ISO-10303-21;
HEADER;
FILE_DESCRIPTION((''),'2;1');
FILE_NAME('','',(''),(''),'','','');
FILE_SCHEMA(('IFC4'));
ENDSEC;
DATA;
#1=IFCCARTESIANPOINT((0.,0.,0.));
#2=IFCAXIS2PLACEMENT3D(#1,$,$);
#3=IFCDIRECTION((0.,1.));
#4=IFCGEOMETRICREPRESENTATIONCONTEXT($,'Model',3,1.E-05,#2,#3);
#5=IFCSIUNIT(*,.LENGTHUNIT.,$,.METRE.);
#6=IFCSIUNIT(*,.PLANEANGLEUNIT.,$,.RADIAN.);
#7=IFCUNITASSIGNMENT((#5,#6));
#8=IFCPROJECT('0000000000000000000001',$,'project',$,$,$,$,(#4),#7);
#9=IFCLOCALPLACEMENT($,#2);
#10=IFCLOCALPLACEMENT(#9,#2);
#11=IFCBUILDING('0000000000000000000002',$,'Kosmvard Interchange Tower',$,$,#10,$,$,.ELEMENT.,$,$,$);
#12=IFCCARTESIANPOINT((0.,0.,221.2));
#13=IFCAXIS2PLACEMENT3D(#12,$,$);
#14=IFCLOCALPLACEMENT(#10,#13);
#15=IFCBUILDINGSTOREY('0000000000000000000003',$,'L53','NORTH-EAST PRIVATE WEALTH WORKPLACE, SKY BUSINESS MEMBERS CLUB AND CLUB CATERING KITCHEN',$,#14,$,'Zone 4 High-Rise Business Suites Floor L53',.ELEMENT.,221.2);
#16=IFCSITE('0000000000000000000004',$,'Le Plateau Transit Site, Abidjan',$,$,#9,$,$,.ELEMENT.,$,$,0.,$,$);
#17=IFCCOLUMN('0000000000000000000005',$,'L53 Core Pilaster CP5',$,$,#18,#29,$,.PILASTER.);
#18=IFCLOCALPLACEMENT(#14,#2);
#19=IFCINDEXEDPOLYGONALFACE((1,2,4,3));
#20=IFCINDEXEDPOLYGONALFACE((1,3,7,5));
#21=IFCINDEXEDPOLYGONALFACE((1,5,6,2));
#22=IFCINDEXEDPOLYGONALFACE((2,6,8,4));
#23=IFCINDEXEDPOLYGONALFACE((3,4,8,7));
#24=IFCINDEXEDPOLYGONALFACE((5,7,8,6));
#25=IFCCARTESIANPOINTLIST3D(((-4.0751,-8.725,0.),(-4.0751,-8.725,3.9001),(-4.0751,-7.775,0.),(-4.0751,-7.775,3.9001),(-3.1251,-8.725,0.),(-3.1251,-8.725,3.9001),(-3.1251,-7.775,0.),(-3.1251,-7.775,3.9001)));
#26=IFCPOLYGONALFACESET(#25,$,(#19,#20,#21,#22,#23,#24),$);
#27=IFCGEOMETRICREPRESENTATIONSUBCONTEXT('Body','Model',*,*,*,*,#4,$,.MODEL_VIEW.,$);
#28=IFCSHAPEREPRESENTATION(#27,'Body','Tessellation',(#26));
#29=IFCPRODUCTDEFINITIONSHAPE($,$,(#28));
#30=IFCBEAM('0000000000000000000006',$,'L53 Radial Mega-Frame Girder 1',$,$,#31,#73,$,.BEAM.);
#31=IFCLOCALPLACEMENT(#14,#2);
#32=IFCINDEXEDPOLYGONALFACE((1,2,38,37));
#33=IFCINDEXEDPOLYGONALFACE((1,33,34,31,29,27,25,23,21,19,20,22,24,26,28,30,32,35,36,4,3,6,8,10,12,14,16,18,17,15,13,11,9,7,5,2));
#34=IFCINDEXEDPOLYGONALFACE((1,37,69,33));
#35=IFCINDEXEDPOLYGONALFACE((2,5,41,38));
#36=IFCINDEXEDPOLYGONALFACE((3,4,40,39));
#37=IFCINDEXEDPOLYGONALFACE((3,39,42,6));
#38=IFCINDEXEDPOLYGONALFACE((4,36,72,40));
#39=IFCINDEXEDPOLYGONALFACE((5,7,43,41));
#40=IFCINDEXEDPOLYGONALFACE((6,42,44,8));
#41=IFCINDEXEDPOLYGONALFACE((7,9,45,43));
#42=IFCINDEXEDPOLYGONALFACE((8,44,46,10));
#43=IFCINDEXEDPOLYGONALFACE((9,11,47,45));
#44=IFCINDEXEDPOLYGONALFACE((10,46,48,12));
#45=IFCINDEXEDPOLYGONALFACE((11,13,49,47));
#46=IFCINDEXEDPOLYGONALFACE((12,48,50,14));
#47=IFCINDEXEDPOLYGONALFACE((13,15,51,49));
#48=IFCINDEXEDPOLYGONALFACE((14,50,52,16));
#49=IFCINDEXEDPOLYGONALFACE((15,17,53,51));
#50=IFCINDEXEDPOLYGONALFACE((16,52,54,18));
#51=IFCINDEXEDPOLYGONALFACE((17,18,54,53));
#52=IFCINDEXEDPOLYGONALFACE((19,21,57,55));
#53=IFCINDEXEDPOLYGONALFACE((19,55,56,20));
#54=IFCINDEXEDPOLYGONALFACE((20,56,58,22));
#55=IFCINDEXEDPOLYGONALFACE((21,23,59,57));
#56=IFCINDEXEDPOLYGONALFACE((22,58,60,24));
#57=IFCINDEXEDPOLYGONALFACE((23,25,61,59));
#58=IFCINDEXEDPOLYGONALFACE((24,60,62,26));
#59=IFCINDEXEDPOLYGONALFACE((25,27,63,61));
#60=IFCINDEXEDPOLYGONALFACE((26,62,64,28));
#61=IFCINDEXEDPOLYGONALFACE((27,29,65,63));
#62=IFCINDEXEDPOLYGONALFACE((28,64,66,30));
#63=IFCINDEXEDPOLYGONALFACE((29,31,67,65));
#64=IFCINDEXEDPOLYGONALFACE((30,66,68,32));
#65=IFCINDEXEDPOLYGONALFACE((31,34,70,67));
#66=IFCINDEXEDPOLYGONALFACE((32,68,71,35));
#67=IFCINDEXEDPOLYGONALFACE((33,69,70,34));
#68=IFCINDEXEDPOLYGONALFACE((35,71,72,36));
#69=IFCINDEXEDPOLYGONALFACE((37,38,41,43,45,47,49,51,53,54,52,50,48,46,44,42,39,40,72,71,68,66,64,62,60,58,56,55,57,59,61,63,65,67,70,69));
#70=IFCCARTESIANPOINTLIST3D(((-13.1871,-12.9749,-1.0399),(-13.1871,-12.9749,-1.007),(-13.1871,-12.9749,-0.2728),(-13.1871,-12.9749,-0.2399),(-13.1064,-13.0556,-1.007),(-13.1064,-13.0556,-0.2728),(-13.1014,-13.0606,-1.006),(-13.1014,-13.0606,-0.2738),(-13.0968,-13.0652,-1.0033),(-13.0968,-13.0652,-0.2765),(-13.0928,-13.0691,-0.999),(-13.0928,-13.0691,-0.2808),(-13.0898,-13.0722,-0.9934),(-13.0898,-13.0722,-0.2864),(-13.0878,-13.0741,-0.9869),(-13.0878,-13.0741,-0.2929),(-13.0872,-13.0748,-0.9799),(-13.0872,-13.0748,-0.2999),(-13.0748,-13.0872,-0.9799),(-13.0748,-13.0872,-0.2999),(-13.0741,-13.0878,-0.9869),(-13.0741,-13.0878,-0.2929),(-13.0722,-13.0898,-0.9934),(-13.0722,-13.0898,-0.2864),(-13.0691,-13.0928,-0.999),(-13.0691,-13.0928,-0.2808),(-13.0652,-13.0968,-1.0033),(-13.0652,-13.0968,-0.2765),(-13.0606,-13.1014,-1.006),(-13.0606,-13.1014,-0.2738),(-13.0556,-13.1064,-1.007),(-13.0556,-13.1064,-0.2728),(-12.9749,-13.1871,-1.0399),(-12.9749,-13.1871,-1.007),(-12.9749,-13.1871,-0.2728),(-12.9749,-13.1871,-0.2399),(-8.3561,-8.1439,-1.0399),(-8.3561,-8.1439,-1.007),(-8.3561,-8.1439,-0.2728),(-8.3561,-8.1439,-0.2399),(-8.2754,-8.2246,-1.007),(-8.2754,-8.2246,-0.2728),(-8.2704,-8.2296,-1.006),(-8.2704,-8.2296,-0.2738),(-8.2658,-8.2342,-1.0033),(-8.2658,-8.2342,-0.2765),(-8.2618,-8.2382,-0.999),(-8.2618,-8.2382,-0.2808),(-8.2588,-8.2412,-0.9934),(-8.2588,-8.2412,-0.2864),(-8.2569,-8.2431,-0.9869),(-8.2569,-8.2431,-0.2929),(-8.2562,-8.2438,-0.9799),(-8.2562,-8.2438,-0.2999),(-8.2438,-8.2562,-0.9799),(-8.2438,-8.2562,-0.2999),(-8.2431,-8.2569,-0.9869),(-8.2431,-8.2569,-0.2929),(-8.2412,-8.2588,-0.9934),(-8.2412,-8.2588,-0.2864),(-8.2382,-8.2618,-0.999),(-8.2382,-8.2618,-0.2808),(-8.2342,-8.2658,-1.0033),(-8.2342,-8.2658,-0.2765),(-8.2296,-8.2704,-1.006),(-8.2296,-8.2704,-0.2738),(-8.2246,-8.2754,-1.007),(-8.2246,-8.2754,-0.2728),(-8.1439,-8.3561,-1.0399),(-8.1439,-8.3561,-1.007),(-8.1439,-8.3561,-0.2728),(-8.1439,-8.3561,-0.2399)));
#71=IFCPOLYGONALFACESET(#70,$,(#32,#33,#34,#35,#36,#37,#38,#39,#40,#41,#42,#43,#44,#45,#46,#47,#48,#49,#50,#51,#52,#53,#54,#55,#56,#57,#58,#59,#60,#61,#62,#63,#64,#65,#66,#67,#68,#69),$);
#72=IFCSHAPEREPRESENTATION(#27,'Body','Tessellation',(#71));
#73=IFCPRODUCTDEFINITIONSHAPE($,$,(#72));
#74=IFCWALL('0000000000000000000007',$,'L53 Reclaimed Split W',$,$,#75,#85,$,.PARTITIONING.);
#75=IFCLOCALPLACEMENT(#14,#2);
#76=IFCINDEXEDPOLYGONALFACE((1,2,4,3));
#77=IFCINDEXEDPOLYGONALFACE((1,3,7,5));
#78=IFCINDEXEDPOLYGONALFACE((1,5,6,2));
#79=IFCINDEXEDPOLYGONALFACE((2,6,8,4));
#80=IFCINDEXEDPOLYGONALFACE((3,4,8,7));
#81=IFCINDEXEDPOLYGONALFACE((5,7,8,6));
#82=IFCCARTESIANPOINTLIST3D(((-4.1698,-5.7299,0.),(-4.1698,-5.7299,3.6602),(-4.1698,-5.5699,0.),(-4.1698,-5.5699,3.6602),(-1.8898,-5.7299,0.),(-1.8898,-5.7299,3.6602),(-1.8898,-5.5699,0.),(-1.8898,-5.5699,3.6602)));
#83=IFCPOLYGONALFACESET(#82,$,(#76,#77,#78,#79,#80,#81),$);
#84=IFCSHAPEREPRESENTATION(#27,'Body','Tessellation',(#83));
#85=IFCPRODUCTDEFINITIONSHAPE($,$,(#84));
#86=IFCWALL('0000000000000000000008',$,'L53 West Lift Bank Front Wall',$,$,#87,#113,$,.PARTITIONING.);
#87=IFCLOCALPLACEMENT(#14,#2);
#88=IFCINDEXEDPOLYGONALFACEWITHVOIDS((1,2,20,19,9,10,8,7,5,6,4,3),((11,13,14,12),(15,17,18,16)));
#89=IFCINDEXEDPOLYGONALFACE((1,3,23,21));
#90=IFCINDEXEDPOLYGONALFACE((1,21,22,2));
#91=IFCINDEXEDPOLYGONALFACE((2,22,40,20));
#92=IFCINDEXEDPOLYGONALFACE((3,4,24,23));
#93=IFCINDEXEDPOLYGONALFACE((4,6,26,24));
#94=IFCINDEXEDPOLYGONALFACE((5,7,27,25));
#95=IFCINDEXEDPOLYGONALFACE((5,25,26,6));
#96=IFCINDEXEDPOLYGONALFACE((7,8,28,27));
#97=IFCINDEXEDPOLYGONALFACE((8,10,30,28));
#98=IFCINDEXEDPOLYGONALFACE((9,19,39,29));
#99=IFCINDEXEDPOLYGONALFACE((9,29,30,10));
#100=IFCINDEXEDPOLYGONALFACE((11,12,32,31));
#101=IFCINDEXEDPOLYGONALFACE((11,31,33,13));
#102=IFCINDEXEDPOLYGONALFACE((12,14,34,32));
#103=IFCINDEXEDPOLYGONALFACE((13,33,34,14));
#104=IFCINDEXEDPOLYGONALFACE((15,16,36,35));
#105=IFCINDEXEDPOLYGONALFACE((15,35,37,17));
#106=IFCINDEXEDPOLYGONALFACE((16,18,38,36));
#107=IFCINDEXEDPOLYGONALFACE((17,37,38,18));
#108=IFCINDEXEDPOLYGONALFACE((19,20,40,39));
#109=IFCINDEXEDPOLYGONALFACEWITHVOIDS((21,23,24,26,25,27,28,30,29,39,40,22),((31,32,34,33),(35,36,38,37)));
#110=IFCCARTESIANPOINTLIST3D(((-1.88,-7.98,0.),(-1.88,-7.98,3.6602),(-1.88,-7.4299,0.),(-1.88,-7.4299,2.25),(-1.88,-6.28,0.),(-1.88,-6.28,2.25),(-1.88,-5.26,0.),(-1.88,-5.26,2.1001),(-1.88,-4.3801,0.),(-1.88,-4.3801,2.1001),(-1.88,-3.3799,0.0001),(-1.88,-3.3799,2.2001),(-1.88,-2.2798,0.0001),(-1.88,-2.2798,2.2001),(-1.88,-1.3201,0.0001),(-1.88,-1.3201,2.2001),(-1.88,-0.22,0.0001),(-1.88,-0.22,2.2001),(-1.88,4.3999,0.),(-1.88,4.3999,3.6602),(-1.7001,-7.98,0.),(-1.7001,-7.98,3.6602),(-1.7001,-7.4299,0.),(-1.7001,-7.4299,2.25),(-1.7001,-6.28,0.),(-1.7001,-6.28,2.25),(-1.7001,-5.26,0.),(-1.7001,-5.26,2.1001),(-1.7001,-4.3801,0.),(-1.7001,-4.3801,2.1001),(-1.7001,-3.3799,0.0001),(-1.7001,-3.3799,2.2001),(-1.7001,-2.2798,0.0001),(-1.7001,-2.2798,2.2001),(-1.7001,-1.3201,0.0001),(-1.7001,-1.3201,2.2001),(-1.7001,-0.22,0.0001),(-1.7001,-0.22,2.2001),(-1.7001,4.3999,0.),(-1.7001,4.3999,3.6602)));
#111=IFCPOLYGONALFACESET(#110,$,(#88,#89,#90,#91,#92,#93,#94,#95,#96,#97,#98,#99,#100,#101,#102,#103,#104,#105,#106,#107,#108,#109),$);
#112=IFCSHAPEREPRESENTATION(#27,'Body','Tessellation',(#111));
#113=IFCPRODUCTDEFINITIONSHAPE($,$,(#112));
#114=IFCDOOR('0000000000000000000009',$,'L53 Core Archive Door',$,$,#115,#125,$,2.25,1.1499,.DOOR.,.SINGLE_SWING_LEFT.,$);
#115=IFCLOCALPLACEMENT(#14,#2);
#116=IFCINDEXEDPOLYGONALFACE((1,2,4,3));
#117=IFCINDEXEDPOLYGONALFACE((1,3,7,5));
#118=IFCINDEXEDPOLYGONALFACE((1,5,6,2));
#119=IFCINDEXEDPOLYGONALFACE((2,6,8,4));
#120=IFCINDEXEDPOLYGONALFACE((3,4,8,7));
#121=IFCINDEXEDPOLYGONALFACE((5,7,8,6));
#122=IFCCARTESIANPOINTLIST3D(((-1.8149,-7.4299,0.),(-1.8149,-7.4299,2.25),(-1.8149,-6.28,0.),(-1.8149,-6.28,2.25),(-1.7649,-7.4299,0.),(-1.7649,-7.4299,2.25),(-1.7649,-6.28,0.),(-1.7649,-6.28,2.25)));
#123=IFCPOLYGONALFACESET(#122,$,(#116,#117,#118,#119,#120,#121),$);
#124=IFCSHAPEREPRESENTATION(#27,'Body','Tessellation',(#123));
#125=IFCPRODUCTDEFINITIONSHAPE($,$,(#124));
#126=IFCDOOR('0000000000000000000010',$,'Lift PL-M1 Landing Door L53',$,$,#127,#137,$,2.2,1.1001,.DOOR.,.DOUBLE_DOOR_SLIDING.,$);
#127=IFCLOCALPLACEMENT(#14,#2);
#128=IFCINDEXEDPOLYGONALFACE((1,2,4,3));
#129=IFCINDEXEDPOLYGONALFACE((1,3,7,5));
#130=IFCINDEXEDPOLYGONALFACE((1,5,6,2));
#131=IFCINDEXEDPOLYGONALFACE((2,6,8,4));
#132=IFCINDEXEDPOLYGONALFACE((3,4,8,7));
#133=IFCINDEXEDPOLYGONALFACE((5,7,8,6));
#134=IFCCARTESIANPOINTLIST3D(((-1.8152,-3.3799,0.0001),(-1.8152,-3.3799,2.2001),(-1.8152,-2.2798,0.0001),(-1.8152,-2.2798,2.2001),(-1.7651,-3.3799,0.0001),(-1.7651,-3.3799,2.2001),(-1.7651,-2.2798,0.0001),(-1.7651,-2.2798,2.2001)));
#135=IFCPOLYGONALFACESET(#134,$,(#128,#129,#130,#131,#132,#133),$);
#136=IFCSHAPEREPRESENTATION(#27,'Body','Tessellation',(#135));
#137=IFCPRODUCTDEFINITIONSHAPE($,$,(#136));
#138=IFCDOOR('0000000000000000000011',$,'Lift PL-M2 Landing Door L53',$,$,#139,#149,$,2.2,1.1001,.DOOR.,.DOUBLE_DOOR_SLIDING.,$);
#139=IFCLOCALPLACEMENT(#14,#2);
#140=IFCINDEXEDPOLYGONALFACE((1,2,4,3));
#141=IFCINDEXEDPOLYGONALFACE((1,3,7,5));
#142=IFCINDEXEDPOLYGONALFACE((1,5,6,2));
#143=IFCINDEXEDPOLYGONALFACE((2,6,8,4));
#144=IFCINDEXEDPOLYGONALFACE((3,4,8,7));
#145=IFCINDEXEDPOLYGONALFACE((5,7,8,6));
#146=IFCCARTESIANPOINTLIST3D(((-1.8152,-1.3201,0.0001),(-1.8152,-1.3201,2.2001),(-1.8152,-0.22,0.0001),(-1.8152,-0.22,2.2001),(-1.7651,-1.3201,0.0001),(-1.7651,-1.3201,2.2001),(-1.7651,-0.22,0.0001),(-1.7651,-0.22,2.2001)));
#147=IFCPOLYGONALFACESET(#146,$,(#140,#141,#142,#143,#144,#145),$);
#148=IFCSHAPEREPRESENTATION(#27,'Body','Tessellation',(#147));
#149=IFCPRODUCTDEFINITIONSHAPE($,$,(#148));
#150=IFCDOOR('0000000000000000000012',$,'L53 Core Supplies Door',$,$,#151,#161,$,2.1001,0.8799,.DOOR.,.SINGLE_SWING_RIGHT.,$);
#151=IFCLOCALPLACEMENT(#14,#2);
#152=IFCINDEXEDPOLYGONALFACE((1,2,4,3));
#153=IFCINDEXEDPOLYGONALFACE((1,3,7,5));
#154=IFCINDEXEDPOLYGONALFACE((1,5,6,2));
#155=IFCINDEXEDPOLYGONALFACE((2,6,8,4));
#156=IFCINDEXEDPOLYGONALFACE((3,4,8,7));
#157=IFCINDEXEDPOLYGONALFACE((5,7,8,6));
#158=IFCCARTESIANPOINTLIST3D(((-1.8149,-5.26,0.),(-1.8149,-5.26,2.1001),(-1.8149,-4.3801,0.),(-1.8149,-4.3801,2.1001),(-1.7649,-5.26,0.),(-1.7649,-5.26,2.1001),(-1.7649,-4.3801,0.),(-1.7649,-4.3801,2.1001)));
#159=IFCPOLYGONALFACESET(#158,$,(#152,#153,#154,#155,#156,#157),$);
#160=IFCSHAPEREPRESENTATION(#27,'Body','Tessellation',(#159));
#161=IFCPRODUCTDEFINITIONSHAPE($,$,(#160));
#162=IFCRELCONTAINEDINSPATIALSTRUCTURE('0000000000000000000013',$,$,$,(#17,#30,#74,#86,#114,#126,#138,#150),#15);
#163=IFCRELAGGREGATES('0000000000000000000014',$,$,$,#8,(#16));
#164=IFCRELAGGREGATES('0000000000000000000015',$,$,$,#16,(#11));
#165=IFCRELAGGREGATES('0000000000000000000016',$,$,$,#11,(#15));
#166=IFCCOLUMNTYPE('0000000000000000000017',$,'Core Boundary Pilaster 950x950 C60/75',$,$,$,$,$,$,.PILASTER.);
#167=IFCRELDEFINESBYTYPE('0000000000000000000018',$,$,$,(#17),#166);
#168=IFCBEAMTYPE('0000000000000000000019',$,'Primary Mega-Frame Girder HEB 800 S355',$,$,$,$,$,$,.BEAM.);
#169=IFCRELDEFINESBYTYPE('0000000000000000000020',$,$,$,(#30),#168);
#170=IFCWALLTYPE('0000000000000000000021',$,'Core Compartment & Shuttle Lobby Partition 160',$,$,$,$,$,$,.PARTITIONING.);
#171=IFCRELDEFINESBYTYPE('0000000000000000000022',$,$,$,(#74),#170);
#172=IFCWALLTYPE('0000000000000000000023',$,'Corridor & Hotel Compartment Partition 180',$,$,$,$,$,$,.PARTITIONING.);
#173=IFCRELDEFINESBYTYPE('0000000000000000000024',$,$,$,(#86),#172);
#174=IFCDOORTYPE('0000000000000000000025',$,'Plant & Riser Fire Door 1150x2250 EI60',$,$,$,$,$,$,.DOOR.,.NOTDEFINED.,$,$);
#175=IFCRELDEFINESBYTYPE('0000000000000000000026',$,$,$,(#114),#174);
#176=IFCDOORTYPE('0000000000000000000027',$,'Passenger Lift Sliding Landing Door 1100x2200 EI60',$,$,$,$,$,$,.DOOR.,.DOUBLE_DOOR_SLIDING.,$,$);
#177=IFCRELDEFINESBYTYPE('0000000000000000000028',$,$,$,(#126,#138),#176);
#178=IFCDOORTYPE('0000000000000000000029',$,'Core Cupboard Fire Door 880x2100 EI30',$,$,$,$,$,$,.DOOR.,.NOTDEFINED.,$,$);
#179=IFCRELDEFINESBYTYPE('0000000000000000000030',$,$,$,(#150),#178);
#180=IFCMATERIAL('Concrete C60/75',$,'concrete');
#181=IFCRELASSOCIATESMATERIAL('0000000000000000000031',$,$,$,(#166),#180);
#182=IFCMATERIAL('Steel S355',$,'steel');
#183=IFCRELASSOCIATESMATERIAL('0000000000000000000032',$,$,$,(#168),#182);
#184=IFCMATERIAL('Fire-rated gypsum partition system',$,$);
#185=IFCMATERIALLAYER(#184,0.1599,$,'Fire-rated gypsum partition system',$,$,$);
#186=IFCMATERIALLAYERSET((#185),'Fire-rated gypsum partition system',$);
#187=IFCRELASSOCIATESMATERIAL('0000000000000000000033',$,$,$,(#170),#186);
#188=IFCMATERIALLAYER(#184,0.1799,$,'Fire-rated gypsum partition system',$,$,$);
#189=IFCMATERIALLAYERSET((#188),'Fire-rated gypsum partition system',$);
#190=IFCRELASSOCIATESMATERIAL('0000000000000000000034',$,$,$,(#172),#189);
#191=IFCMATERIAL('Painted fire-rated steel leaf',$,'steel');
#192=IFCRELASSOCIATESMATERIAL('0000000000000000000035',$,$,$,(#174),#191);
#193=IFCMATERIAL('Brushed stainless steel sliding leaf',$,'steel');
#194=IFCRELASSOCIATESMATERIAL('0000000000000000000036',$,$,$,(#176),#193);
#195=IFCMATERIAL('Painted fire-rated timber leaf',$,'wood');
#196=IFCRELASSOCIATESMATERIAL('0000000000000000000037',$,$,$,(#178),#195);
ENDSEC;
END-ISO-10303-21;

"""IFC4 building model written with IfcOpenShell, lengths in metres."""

from ifc_helpers import new_model, si_unit, direction, frame, frame_2d, origin, origin_2d, place, context, subcontext, project, spatial, rectangle, i_section, extrude, source, transform, mapped, material, layer, layer_set, material_profile, profile_set, type_object, element, fill, save


model = new_model("IFC4")

# Units and contexts
model_context = context("Model", 3, precision=1e-05, world=origin(), true_north=direction((0.0, 1.0)))
body_context = subcontext(model_context, "Body", "Model", "MODEL_VIEW")
ifc_project = project(units=[si_unit("LENGTHUNIT", "METRE"), si_unit("PLANEANGLEUNIT", "RADIAN")], contexts=[model_context])

# Site, building, storey
site_placement = place(None, origin())
site = spatial("IfcSite", under=ifc_project, at=site_placement, Name="Le Plateau Transit Site, Abidjan", CompositionType="ELEMENT", RefElevation=0.0)
building_placement = place(site_placement, origin())
building = spatial("IfcBuilding", under=site, at=building_placement, Name="Kosmvard Interchange Tower", CompositionType="ELEMENT")
storey_placement = place(building_placement, frame((0.0, 0.0, 221.2)))
storey = spatial("IfcBuildingStorey", under=building, at=storey_placement, Name="L53", Description="NORTH-EAST PRIVATE WEALTH WORKPLACE, SKY BUSINESS MEMBERS CLUB AND CLUB CATERING KITCHEN", LongName="Zone 4 High-Rise Business Suites Floor L53", CompositionType="ELEMENT", Elevation=221.2)

# Column
ifc_material_1 = material(Name="Concrete C60/75", Category="concrete")
ifc_material_profile_1 = material_profile(ifc_material_1, rectangle(XDim=0.95, YDim=0.95, at=origin_2d()), Name="CP 950x950")
ifc_profile_set_1 = profile_set([ifc_material_profile_1], Name="Concrete C60/75")
column_type = type_object("IfcColumnType", Name="Core Boundary Pilaster 950x950 C60/75", PredefinedType="PILASTER", material=ifc_profile_set_1)
shared_shape_1 = source(origin(), body_context, "Body", "SweptSolid", [
    extrude(rectangle(XDim=0.95, YDim=0.95, at=origin_2d()), origin(), (0.0, 0.0, 1.0), 3.9001),
])
column_placement = place(storey_placement, frame((-3.6001, -8.25, 0.0), z_axis=(0.0, 0.0, 1.0), x_axis=(1.0, 0.0, 0.0)))
element("IfcColumn", 1, at=column_placement, inside=storey, type_object=column_type, Name="L53 Core Pilaster CP5", PredefinedType="PILASTER", context=body_context, shape_type="MappedRepresentation", body=[
    mapped(shared_shape_1, transform((0.0, 0.0, 0.0), scale=1.0)),
])

# Beam
ifc_material_2 = material(Name="Steel S355", Category="steel")
ifc_material_profile_2 = material_profile(ifc_material_2, i_section(OverallWidth=0.3, OverallDepth=0.8, WebThickness=0.0176, FlangeThickness=0.033, FilletRadius=0.0271, at=origin_2d()), Name="HEB 800")
ifc_profile_set_2 = profile_set([ifc_material_profile_2], Name="Steel S355")
beam_type = type_object("IfcBeamType", Name="Primary Mega-Frame Girder HEB 800 S355", PredefinedType="BEAM", material=ifc_profile_set_2)
shared_shape_2 = source(origin(), body_context, "Body", "SweptSolid", [
    extrude(i_section(OverallWidth=0.3, OverallDepth=0.8, WebThickness=0.0176, FlangeThickness=0.033, FilletRadius=0.0271, at=origin_2d()), origin(), (0.0, 0.0, 1.0), 6.832),
])
beam_placement = place(storey_placement, frame((-8.25, -8.25, -0.6399), z_axis=(-0.707107, -0.707107, 0.0), x_axis=(0.707107, -0.707107, 0.0)))
element("IfcBeam", 2, at=beam_placement, inside=storey, type_object=beam_type, Name="L53 Radial Mega-Frame Girder 1", PredefinedType="BEAM", context=body_context, shape_type="MappedRepresentation", body=[
    mapped(shared_shape_2, transform((0.0, 0.0, 0.0), scale=1.0)),
])

# Wall
ifc_material_3 = material(Name="Fire-rated gypsum partition system")
ifc_layer_1 = layer(ifc_material_3, 0.1599, Name="Fire-rated gypsum partition system")
ifc_layer_set_1 = layer_set([ifc_layer_1], Name="Fire-rated gypsum partition system")
wall_type_1 = type_object("IfcWallType", Name="Core Compartment & Shuttle Lobby Partition 160", PredefinedType="PARTITIONING", material=ifc_layer_set_1)
wall_1_placement = place(storey_placement, frame((-4.1699, -5.6499, 0.0), z_axis=(0.0, 0.0, 1.0), x_axis=(1.0, 0.0, 0.0)))
element("IfcWall", 3, at=wall_1_placement, inside=storey, type_object=wall_type_1, Name="L53 Reclaimed Split W", PredefinedType="PARTITIONING", context=body_context, shape_type="SweptSolid", body=[
    extrude(rectangle(XDim=2.28, YDim=0.1599, at=frame_2d((1.1401, 0.0))), origin(), (0.0, 0.0, 1.0), 3.6602),
])

# Wall, openings, doors
ifc_layer_2 = layer(ifc_material_3, 0.1799, Name="Fire-rated gypsum partition system")
ifc_layer_set_2 = layer_set([ifc_layer_2], Name="Fire-rated gypsum partition system")
wall_type_2 = type_object("IfcWallType", Name="Corridor & Hotel Compartment Partition 180", PredefinedType="PARTITIONING", material=ifc_layer_set_2)
wall_2_placement = place(storey_placement, frame((-1.79, -7.98, 0.0), z_axis=(0.0, 0.0, 1.0), x_axis=(0.0, 1.0, 0.0)))
wall_2 = element("IfcWall", 4, at=wall_2_placement, inside=storey, type_object=wall_type_2, Name="L53 West Lift Bank Front Wall", PredefinedType="PARTITIONING", context=body_context, shape_type="SweptSolid", body=[
    extrude(rectangle(XDim=12.3799, YDim=0.1799, at=frame_2d((6.1899, 0.0))), origin(), (0.0, 0.0, 1.0), 3.6602),
])
opening_1_placement = place(wall_2_placement, frame((4.6001, 0.0, 0.0)))
opening_1 = element("IfcOpeningElement", 5, at=opening_1_placement, cuts=wall_2, PredefinedType="OPENING", context=body_context, shape_type="SweptSolid", body=[
    extrude(rectangle(XDim=1.1001, YDim=2.2, at=frame_2d((0.55, 1.1001))), frame((0.0, 0.1001, 0.0), z_axis=(0.0, -1.0, 0.0), x_axis=(1.0, 0.0, 0.0)), (0.0, 0.0, 1.0), 0.2),
])
opening_2_placement = place(wall_2_placement, frame((6.6599, 0.0, 0.0)))
opening_2 = element("IfcOpeningElement", 6, at=opening_2_placement, cuts=wall_2, PredefinedType="OPENING", context=body_context, shape_type="SweptSolid", body=[
    extrude(rectangle(XDim=1.1001, YDim=2.2, at=frame_2d((0.55, 1.1001))), frame((0.0, 0.1001, 0.0), z_axis=(0.0, -1.0, 0.0), x_axis=(1.0, 0.0, 0.0)), (0.0, 0.0, 1.0), 0.2),
])
opening_3_placement = place(wall_2_placement, frame((0.55, 0.0, 0.0)))
opening_3 = element("IfcOpeningElement", 7, at=opening_3_placement, cuts=wall_2, PredefinedType="OPENING", context=body_context, shape_type="SweptSolid", body=[
    extrude(rectangle(XDim=1.1499, YDim=2.25, at=frame_2d((0.575, 1.125))), frame((0.0, 0.1001, 0.0), z_axis=(0.0, -1.0, 0.0), x_axis=(1.0, 0.0, 0.0)), (0.0, 0.0, 1.0), 0.2),
])
opening_4_placement = place(wall_2_placement, frame((2.72, 0.0, 0.0)))
opening_4 = element("IfcOpeningElement", 8, at=opening_4_placement, cuts=wall_2, PredefinedType="OPENING", context=body_context, shape_type="SweptSolid", body=[
    extrude(rectangle(XDim=0.8799, YDim=2.1001, at=frame_2d((0.4399, 1.05))), frame((0.0, 0.1001, 0.0), z_axis=(0.0, -1.0, 0.0), x_axis=(1.0, 0.0, 0.0)), (0.0, 0.0, 1.0), 0.2),
])
ifc_material_4 = material(Name="Painted fire-rated steel leaf", Category="steel")
door_type_1 = type_object("IfcDoorType", Name="Plant & Riser Fire Door 1150x2250 EI60", OperationType="NOTDEFINED", PredefinedType="DOOR", material=ifc_material_4)
shared_shape_3 = source(origin(), body_context, "Body", "SweptSolid", [
    extrude(rectangle(XDim=1.1499, YDim=2.25, at=frame_2d((0.575, 1.125))), frame((0.0, 0.0249, 0.0), z_axis=(0.0, -1.0, 0.0), x_axis=(1.0, 0.0, 0.0)), (0.0, 0.0, 1.0), 0.05),
])
door_1_placement = place(opening_3_placement, origin())
door_1 = element("IfcDoor", 9, at=door_1_placement, inside=storey, type_object=door_type_1, Name="L53 Core Archive Door", OperationType="SINGLE_SWING_LEFT", OverallHeight=2.25, OverallWidth=1.1499, PredefinedType="DOOR", context=body_context, shape_type="MappedRepresentation", body=[
    mapped(shared_shape_3, transform((0.0, 0.0, 0.0), scale=1.0)),
])
fill(opening_3, door_1)
ifc_material_5 = material(Name="Brushed stainless steel sliding leaf", Category="steel")
door_type_2 = type_object("IfcDoorType", Name="Passenger Lift Sliding Landing Door 1100x2200 EI60", OperationType="DOUBLE_DOOR_SLIDING", PredefinedType="DOOR", material=ifc_material_5)
shared_shape_4 = source(origin(), body_context, "Body", "SweptSolid", [
    extrude(rectangle(XDim=1.1001, YDim=2.2, at=frame_2d((0.55, 1.1001))), frame((0.0, 0.0249, 0.0), z_axis=(0.0, -1.0, 0.0), x_axis=(1.0, 0.0, 0.0)), (0.0, 0.0, 1.0), 0.05),
])
door_2_placement = place(opening_1_placement, frame((1.1001, 0.0, 0.0), z_axis=(0.0, 0.0, 1.0), x_axis=(-1.0, 0.0, 0.0)))
door_2 = element("IfcDoor", 10, at=door_2_placement, inside=storey, type_object=door_type_2, Name="Lift PL-M1 Landing Door L53", OperationType="DOUBLE_DOOR_SLIDING", OverallHeight=2.2, OverallWidth=1.1001, PredefinedType="DOOR", context=body_context, shape_type="MappedRepresentation", body=[
    mapped(shared_shape_4, transform((0.0, 0.0, 0.0), scale=1.0)),
])
fill(opening_1, door_2)
door_3_placement = place(opening_2_placement, frame((1.1001, 0.0, 0.0), z_axis=(0.0, 0.0, 1.0), x_axis=(-1.0, 0.0, 0.0)))
door_3 = element("IfcDoor", 11, at=door_3_placement, inside=storey, type_object=door_type_2, Name="Lift PL-M2 Landing Door L53", OperationType="DOUBLE_DOOR_SLIDING", OverallHeight=2.2, OverallWidth=1.1001, PredefinedType="DOOR", context=body_context, shape_type="MappedRepresentation", body=[
    mapped(shared_shape_4, transform((0.0, 0.0, 0.0), scale=1.0)),
])
fill(opening_2, door_3)
ifc_material_6 = material(Name="Painted fire-rated timber leaf", Category="wood")
door_type_3 = type_object("IfcDoorType", Name="Core Cupboard Fire Door 880x2100 EI30", OperationType="NOTDEFINED", PredefinedType="DOOR", material=ifc_material_6)
shared_shape_5 = source(origin(), body_context, "Body", "SweptSolid", [
    extrude(rectangle(XDim=0.8799, YDim=2.1001, at=frame_2d((0.4399, 1.05))), frame((0.0, 0.0249, 0.0), z_axis=(0.0, -1.0, 0.0), x_axis=(1.0, 0.0, 0.0)), (0.0, 0.0, 1.0), 0.05),
])
door_4_placement = place(opening_4_placement, origin())
door_4 = element("IfcDoor", 12, at=door_4_placement, inside=storey, type_object=door_type_3, Name="L53 Core Supplies Door", OperationType="SINGLE_SWING_RIGHT", OverallHeight=2.1001, OverallWidth=0.8799, PredefinedType="DOOR", context=body_context, shape_type="MappedRepresentation", body=[
    mapped(shared_shape_5, transform((0.0, 0.0, 0.0), scale=1.0)),
])
fill(opening_4, door_4)

save(model, "model.ifc")
